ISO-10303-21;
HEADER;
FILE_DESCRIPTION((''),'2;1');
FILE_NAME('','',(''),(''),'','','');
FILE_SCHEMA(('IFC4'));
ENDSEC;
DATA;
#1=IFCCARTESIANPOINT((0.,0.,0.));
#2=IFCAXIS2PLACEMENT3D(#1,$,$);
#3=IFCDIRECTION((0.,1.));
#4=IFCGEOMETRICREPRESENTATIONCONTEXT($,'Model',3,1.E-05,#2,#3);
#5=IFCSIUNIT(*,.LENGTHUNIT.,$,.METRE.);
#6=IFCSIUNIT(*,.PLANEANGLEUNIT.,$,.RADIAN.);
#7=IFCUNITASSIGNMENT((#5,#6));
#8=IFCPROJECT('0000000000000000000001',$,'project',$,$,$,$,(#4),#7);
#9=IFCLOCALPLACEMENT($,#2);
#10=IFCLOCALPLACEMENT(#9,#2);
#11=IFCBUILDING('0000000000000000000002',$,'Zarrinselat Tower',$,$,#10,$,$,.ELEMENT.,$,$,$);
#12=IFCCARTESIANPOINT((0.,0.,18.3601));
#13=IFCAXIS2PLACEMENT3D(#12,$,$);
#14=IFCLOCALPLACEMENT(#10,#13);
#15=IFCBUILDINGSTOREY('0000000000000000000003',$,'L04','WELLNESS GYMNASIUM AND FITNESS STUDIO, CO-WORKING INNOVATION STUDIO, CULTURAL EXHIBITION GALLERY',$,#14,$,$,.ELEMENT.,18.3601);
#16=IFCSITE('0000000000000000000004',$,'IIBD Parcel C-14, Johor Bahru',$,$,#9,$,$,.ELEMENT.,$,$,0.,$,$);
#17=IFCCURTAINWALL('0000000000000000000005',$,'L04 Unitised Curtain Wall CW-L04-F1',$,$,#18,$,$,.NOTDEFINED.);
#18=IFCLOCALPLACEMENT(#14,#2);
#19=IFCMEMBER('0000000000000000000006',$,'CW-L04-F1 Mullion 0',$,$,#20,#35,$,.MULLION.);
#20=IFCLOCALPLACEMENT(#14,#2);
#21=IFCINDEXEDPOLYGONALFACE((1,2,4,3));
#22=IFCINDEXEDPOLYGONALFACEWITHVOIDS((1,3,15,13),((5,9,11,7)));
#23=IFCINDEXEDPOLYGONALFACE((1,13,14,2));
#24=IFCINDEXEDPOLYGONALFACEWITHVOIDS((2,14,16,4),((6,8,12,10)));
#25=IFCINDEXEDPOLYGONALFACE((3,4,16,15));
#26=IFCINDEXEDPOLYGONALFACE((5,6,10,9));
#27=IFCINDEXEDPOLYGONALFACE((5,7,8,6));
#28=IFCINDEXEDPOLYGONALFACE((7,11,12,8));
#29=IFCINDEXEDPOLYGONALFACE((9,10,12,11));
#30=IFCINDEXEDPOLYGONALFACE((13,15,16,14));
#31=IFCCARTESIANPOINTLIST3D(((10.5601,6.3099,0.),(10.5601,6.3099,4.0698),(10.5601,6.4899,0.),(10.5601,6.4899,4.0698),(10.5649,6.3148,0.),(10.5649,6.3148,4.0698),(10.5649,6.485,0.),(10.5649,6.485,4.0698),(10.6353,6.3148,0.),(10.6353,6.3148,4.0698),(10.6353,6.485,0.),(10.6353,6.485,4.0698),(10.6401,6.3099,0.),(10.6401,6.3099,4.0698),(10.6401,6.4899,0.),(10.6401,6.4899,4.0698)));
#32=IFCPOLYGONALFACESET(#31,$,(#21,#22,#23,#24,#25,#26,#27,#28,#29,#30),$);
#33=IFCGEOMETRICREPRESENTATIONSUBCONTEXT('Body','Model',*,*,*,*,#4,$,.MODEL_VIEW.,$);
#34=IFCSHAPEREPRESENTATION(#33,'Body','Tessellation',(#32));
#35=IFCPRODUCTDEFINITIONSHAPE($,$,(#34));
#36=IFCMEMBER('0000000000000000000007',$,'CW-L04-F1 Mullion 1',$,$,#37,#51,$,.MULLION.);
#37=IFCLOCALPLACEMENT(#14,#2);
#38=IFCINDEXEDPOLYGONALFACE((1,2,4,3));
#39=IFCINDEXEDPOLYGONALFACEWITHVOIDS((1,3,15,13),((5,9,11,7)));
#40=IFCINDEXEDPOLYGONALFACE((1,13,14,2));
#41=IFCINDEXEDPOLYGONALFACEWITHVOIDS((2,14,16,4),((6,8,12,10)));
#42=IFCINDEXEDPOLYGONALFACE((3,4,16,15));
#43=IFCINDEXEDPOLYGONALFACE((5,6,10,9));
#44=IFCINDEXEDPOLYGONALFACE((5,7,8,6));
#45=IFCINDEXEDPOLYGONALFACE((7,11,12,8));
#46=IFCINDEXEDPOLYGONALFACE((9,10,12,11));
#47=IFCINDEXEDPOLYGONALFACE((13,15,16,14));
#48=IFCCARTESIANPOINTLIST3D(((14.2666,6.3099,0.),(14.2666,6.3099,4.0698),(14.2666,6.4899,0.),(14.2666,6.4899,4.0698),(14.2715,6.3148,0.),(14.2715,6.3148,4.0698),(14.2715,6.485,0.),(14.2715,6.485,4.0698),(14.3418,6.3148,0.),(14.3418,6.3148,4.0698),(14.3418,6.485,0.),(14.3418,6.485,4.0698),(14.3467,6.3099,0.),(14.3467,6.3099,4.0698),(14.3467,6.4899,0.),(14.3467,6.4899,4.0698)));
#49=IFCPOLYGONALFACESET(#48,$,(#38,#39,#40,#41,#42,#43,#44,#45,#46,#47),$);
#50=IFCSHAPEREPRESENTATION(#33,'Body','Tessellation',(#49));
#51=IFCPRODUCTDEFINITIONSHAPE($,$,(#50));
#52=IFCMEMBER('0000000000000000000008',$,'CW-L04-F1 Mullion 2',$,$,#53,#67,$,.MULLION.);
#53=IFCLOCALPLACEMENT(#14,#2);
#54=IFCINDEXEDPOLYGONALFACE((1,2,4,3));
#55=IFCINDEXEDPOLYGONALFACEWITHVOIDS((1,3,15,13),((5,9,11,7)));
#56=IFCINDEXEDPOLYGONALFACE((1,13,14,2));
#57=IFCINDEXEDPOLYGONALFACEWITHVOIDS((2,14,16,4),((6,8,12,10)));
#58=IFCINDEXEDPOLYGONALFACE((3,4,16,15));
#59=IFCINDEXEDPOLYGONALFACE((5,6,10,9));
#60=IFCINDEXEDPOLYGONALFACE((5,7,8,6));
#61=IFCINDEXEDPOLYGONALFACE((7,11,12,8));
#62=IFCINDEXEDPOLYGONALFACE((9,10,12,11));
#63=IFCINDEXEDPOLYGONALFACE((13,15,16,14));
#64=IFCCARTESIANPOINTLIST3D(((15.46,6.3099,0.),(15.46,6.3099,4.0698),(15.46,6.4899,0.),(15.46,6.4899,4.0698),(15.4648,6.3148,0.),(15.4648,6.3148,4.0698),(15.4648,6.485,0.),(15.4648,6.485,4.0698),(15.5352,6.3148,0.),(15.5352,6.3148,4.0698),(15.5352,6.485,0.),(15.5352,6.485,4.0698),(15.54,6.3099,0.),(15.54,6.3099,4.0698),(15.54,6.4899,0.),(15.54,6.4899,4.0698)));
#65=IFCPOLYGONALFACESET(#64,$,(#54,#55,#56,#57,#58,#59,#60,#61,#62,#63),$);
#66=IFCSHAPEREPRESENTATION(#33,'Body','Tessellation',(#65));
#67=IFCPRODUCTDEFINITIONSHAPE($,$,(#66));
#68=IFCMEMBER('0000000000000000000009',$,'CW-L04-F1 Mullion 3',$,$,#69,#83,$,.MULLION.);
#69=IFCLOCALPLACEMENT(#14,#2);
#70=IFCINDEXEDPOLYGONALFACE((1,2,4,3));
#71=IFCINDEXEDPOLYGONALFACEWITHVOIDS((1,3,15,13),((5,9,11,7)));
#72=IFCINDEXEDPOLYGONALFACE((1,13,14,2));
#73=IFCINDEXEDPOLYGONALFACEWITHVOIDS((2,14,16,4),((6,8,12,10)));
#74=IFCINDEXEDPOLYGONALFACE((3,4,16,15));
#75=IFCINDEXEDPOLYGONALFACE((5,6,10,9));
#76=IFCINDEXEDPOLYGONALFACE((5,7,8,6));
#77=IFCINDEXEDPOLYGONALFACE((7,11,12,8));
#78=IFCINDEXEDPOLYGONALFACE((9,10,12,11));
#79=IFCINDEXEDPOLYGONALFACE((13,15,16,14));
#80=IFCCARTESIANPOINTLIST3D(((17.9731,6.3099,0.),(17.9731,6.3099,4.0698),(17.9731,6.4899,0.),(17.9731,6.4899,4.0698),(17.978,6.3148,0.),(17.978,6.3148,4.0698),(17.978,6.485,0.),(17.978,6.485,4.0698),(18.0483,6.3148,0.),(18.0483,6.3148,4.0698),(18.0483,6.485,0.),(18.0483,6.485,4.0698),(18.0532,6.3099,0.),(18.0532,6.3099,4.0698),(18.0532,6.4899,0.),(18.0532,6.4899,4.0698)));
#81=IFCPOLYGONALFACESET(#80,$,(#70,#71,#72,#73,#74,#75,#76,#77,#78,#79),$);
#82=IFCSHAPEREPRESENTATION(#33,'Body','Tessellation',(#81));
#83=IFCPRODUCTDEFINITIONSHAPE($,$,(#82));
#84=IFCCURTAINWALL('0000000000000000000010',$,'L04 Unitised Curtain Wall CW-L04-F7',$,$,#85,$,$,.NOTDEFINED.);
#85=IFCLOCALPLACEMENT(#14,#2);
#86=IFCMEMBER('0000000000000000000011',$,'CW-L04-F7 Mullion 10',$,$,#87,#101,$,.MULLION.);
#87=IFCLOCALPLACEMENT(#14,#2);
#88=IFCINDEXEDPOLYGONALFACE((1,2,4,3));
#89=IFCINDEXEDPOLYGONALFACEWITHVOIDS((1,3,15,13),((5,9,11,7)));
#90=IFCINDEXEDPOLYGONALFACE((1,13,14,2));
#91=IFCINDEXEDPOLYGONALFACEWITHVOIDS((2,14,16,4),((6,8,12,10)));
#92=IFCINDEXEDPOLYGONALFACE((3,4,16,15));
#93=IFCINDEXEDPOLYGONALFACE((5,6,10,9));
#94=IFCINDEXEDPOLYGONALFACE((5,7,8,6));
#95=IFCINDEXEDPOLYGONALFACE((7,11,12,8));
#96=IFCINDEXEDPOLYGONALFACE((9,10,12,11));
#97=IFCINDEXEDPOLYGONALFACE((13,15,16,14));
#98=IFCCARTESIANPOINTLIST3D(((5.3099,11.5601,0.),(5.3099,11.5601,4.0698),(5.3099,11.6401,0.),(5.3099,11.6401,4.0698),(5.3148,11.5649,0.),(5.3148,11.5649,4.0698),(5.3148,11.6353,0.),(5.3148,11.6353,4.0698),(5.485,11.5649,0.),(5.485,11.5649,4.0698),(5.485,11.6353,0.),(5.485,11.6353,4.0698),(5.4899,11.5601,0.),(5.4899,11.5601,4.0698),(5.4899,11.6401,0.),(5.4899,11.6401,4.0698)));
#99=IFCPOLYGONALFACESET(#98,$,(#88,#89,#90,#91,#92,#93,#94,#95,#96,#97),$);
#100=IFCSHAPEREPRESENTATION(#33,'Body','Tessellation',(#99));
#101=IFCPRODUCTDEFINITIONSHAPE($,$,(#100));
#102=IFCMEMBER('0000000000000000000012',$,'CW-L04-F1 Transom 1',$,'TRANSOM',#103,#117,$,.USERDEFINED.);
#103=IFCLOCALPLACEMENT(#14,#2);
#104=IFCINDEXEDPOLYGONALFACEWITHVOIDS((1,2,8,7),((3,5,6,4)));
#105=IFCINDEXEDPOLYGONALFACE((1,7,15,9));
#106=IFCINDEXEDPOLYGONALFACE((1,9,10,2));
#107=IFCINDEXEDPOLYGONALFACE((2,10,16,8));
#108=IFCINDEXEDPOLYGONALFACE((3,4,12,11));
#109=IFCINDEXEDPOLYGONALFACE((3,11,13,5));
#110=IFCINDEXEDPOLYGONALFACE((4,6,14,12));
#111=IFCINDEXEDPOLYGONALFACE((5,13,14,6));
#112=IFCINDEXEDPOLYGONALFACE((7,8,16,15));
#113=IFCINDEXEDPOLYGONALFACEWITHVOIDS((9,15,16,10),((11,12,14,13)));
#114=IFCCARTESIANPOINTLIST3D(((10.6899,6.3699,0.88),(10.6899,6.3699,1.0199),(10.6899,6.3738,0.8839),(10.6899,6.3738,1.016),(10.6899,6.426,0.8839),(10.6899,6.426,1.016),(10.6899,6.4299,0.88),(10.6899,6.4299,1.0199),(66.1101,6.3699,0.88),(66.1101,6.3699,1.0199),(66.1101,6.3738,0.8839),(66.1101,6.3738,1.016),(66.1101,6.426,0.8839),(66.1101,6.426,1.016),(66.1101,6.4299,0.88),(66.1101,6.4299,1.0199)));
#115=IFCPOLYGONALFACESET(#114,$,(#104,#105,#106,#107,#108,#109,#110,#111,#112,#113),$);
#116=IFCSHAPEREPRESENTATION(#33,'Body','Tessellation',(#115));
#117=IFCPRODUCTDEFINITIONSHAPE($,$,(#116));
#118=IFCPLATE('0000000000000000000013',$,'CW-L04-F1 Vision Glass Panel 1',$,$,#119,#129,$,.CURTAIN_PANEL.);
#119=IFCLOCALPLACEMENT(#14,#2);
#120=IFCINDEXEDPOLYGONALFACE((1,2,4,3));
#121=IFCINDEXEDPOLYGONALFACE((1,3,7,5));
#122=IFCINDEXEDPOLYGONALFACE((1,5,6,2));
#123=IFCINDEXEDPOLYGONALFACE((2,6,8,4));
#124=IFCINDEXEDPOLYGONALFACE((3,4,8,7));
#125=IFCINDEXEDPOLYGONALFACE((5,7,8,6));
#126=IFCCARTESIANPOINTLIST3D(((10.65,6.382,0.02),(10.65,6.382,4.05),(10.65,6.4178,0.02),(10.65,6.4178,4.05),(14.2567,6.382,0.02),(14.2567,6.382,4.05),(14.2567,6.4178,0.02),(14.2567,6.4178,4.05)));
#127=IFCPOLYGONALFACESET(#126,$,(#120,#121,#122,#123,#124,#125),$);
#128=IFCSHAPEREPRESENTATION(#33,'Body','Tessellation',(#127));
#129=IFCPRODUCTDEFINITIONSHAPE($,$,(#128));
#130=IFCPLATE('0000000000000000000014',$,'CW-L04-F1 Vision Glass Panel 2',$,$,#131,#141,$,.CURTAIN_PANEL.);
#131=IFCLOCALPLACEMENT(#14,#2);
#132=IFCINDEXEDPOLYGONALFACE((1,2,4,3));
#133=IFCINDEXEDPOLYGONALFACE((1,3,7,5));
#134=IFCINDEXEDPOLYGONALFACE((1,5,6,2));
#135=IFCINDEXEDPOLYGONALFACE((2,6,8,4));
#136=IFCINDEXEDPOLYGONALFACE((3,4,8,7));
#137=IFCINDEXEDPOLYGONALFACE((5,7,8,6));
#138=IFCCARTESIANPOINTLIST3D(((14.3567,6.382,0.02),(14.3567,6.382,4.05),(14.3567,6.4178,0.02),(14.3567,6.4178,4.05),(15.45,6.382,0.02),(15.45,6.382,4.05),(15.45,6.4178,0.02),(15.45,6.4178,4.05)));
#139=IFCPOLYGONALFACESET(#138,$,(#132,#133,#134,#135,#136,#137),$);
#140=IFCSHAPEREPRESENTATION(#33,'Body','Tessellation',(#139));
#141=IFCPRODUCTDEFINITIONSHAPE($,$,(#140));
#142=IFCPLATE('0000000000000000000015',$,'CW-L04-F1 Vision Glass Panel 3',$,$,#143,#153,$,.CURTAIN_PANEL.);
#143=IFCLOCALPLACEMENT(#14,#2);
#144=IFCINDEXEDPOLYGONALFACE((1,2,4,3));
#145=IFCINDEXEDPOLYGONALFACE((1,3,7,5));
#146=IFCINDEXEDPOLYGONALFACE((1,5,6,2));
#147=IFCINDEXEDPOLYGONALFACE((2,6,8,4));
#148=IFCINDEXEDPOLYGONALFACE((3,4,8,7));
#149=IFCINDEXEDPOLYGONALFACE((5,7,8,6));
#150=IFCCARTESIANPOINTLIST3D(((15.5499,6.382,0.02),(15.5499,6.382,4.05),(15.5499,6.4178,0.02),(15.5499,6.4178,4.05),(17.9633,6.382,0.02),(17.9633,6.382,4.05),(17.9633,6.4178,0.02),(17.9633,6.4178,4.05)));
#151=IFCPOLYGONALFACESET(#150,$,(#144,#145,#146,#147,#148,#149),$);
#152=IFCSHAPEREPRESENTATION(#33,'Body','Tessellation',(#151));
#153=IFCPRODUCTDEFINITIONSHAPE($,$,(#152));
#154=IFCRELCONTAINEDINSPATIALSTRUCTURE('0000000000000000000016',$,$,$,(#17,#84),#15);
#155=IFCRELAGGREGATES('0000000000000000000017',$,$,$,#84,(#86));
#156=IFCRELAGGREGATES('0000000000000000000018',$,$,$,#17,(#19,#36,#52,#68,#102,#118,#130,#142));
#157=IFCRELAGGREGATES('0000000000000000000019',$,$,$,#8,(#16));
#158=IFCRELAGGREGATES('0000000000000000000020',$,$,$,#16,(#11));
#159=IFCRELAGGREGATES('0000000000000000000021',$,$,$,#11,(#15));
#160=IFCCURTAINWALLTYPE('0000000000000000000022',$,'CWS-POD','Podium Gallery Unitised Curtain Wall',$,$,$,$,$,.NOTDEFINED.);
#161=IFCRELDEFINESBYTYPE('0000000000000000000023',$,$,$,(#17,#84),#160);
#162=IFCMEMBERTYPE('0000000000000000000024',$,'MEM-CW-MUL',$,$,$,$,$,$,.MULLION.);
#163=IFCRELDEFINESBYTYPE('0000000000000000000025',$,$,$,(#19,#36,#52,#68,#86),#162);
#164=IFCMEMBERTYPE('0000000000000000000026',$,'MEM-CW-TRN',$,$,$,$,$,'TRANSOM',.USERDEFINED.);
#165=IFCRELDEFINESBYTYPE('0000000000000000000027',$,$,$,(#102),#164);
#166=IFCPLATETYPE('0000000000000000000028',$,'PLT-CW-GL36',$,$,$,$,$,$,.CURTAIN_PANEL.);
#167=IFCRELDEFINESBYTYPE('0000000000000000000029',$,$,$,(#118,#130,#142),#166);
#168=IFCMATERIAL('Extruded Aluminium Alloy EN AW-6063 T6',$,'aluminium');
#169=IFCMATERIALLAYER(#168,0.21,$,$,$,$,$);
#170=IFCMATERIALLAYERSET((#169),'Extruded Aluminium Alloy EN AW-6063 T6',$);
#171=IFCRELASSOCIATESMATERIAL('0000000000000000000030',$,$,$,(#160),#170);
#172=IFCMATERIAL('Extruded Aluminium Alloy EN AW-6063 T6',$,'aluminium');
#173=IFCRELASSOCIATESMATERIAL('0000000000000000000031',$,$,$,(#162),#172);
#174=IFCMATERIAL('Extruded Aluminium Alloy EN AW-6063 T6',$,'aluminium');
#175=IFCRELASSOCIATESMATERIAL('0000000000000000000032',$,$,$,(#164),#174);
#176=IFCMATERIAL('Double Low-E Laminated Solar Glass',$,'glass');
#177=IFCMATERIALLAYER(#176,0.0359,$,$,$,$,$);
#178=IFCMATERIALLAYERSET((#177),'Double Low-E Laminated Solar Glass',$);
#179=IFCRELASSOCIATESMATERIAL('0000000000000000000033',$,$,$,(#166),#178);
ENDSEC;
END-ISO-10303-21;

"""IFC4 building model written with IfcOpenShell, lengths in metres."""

from ifc_helpers import new_model, si_unit, direction, frame, origin, origin_2d, place, context, subcontext, project, spatial, rectangle, hollow_rectangle, extrude, material, layer, layer_set, material_profile, profile_set, type_object, element, aggregate, save


model = new_model("IFC4")

# Units and contexts
model_context = context("Model", 3, precision=1e-05, world=origin(), true_north=direction((0.0, 1.0)))
body_context = subcontext(model_context, "Body", "Model", "MODEL_VIEW")
ifc_project = project(units=[si_unit("LENGTHUNIT", "METRE"), si_unit("PLANEANGLEUNIT", "RADIAN")], contexts=[model_context])

# Site, building, storey
site_placement = place(None, origin())
site = spatial("IfcSite", under=ifc_project, at=site_placement, Name="IIBD Parcel C-14, Johor Bahru", CompositionType="ELEMENT", RefElevation=0.0)
building_placement = place(site_placement, origin())
building = spatial("IfcBuilding", under=site, at=building_placement, Name="Zarrinselat Tower", CompositionType="ELEMENT")
storey_placement = place(building_placement, frame((0.0, 0.0, 18.3601)))
storey = spatial("IfcBuildingStorey", under=building, at=storey_placement, Name="L04", Description="WELLNESS GYMNASIUM AND FITNESS STUDIO, CO-WORKING INNOVATION STUDIO, CULTURAL EXHIBITION GALLERY", CompositionType="ELEMENT", Elevation=18.3601)

# Curtain wall, members
ifc_material_1 = material(Name="Extruded Aluminium Alloy EN AW-6063 T6", Category="aluminium")
ifc_layer_1 = layer(ifc_material_1, 0.21)
ifc_layer_set_1 = layer_set([ifc_layer_1], Name="Extruded Aluminium Alloy EN AW-6063 T6")
curtain_wall_type = type_object("IfcCurtainWallType", Name="CWS-POD", Description="Podium Gallery Unitised Curtain Wall", PredefinedType="NOTDEFINED", material=ifc_layer_set_1)
curtain_wall_1_placement = place(storey_placement, origin())
curtain_wall_1 = element("IfcCurtainWall", 1, at=curtain_wall_1_placement, inside=storey, type_object=curtain_wall_type, Name="L04 Unitised Curtain Wall CW-L04-F1", PredefinedType="NOTDEFINED")
ifc_material_2 = material(Name="Extruded Aluminium Alloy EN AW-6063 T6", Category="aluminium")
ifc_material_profile_1 = material_profile(ifc_material_2, hollow_rectangle(XDim=0.0801, YDim=0.1799, WallThickness=0.0049, at=origin_2d()), Name="RHS 180x80x5")
ifc_profile_set_1 = profile_set([ifc_material_profile_1], Name="Extruded Aluminium Alloy EN AW-6063 T6")
member_type_1 = type_object("IfcMemberType", Name="MEM-CW-MUL", PredefinedType="MULLION", material=ifc_profile_set_1)
member_1_placement = place(storey_placement, frame((10.6001, 6.3999, 0.0), z_axis=(0.0, 0.0, 1.0), x_axis=(1.0, 0.0, 0.0)))
member_1 = element("IfcMember", 2, at=member_1_placement, type_object=member_type_1, Name="CW-L04-F1 Mullion 0", PredefinedType="MULLION", context=body_context, shape_type="SweptSolid", body=[
    extrude(hollow_rectangle(XDim=0.0801, YDim=0.1799, WallThickness=0.0049, at=origin_2d()), origin(), (0.0, 0.0, 1.0), 4.0698),
])
member_2_placement = place(storey_placement, frame((14.3066, 6.3999, 0.0), z_axis=(0.0, 0.0, 1.0), x_axis=(1.0, 0.0, 0.0)))
member_2 = element("IfcMember", 3, at=member_2_placement, type_object=member_type_1, Name="CW-L04-F1 Mullion 1", PredefinedType="MULLION", context=body_context, shape_type="SweptSolid", body=[
    extrude(hollow_rectangle(XDim=0.0801, YDim=0.1799, WallThickness=0.0049, at=origin_2d()), origin(), (0.0, 0.0, 1.0), 4.0698),
])
member_3_placement = place(storey_placement, frame((15.5, 6.3999, 0.0), z_axis=(0.0, 0.0, 1.0), x_axis=(1.0, 0.0, 0.0)))
member_3 = element("IfcMember", 4, at=member_3_placement, type_object=member_type_1, Name="CW-L04-F1 Mullion 2", PredefinedType="MULLION", context=body_context, shape_type="SweptSolid", body=[
    extrude(hollow_rectangle(XDim=0.0801, YDim=0.1799, WallThickness=0.0049, at=origin_2d()), origin(), (0.0, 0.0, 1.0), 4.0698),
])
member_4_placement = place(storey_placement, frame((18.0132, 6.3999, 0.0), z_axis=(0.0, 0.0, 1.0), x_axis=(1.0, 0.0, 0.0)))
member_4 = element("IfcMember", 5, at=member_4_placement, type_object=member_type_1, Name="CW-L04-F1 Mullion 3", PredefinedType="MULLION", context=body_context, shape_type="SweptSolid", body=[
    extrude(hollow_rectangle(XDim=0.0801, YDim=0.1799, WallThickness=0.0049, at=origin_2d()), origin(), (0.0, 0.0, 1.0), 4.0698),
])

# Curtain wall, member
curtain_wall_2_placement = place(storey_placement, origin())
curtain_wall_2 = element("IfcCurtainWall", 6, at=curtain_wall_2_placement, inside=storey, type_object=curtain_wall_type, Name="L04 Unitised Curtain Wall CW-L04-F7", PredefinedType="NOTDEFINED")
member_5_placement = place(storey_placement, frame((5.3999, 11.6001, 0.0), z_axis=(0.0, 0.0, 1.0), x_axis=(0.0, -1.0, 0.0)))
member_5 = element("IfcMember", 7, at=member_5_placement, type_object=member_type_1, Name="CW-L04-F7 Mullion 10", PredefinedType="MULLION", context=body_context, shape_type="SweptSolid", body=[
    extrude(hollow_rectangle(XDim=0.0801, YDim=0.1799, WallThickness=0.0049, at=origin_2d()), origin(), (0.0, 0.0, 1.0), 4.0698),
])
aggregate(curtain_wall_2, [member_5])

# Member
ifc_material_3 = material(Name="Extruded Aluminium Alloy EN AW-6063 T6", Category="aluminium")
ifc_material_profile_2 = material_profile(ifc_material_3, hollow_rectangle(XDim=0.0601, YDim=0.1399, WallThickness=0.0039, at=origin_2d()), Name="RHS 140x60x4")
ifc_profile_set_2 = profile_set([ifc_material_profile_2], Name="Extruded Aluminium Alloy EN AW-6063 T6")
member_type_2 = type_object("IfcMemberType", Name="MEM-CW-TRN", ElementType="TRANSOM", PredefinedType="USERDEFINED", material=ifc_profile_set_2)
member_6_placement = place(storey_placement, frame((10.6899, 6.3999, 0.95), z_axis=(1.0, 0.0, 0.0), x_axis=(0.0, 1.0, 0.0)))
member_6 = element("IfcMember", 8, at=member_6_placement, type_object=member_type_2, Name="CW-L04-F1 Transom 1", ObjectType="TRANSOM", PredefinedType="USERDEFINED", context=body_context, shape_type="SweptSolid", body=[
    extrude(hollow_rectangle(XDim=0.0601, YDim=0.1399, WallThickness=0.0039, at=origin_2d()), origin(), (0.0, 0.0, 1.0), 55.4202),
])

# Plates
ifc_material_4 = material(Name="Double Low-E Laminated Solar Glass", Category="glass")
ifc_layer_2 = layer(ifc_material_4, 0.0359)
ifc_layer_set_2 = layer_set([ifc_layer_2], Name="Double Low-E Laminated Solar Glass")
plate_type = type_object("IfcPlateType", Name="PLT-CW-GL36", PredefinedType="CURTAIN_PANEL", material=ifc_layer_set_2)
plate_1_placement = place(storey_placement, frame((12.4534, 6.3999, 0.02), z_axis=(0.0, 0.0, 1.0), x_axis=(1.0, 0.0, 0.0)))
plate_1 = element("IfcPlate", 9, at=plate_1_placement, type_object=plate_type, Name="CW-L04-F1 Vision Glass Panel 1", PredefinedType="CURTAIN_PANEL", context=body_context, shape_type="SweptSolid", body=[
    extrude(rectangle(XDim=3.6067, YDim=0.0359, at=origin_2d()), origin(), (0.0, 0.0, 1.0), 4.03),
])
plate_2_placement = place(storey_placement, frame((14.9033, 6.3999, 0.02), z_axis=(0.0, 0.0, 1.0), x_axis=(1.0, 0.0, 0.0)))
plate_2 = element("IfcPlate", 10, at=plate_2_placement, type_object=plate_type, Name="CW-L04-F1 Vision Glass Panel 2", PredefinedType="CURTAIN_PANEL", context=body_context, shape_type="SweptSolid", body=[
    extrude(rectangle(XDim=1.0933, YDim=0.0359, at=origin_2d()), origin(), (0.0, 0.0, 1.0), 4.03),
])
plate_3_placement = place(storey_placement, frame((16.7566, 6.3999, 0.02), z_axis=(0.0, 0.0, 1.0), x_axis=(1.0, 0.0, 0.0)))
plate_3 = element("IfcPlate", 11, at=plate_3_placement, type_object=plate_type, Name="CW-L04-F1 Vision Glass Panel 3", PredefinedType="CURTAIN_PANEL", context=body_context, shape_type="SweptSolid", body=[
    extrude(rectangle(XDim=2.4133, YDim=0.0359, at=origin_2d()), origin(), (0.0, 0.0, 1.0), 4.03),
])
aggregate(curtain_wall_1, [member_1, member_2, member_3, member_4, member_6, plate_1, plate_2, plate_3])

save(model, "model.ifc")
